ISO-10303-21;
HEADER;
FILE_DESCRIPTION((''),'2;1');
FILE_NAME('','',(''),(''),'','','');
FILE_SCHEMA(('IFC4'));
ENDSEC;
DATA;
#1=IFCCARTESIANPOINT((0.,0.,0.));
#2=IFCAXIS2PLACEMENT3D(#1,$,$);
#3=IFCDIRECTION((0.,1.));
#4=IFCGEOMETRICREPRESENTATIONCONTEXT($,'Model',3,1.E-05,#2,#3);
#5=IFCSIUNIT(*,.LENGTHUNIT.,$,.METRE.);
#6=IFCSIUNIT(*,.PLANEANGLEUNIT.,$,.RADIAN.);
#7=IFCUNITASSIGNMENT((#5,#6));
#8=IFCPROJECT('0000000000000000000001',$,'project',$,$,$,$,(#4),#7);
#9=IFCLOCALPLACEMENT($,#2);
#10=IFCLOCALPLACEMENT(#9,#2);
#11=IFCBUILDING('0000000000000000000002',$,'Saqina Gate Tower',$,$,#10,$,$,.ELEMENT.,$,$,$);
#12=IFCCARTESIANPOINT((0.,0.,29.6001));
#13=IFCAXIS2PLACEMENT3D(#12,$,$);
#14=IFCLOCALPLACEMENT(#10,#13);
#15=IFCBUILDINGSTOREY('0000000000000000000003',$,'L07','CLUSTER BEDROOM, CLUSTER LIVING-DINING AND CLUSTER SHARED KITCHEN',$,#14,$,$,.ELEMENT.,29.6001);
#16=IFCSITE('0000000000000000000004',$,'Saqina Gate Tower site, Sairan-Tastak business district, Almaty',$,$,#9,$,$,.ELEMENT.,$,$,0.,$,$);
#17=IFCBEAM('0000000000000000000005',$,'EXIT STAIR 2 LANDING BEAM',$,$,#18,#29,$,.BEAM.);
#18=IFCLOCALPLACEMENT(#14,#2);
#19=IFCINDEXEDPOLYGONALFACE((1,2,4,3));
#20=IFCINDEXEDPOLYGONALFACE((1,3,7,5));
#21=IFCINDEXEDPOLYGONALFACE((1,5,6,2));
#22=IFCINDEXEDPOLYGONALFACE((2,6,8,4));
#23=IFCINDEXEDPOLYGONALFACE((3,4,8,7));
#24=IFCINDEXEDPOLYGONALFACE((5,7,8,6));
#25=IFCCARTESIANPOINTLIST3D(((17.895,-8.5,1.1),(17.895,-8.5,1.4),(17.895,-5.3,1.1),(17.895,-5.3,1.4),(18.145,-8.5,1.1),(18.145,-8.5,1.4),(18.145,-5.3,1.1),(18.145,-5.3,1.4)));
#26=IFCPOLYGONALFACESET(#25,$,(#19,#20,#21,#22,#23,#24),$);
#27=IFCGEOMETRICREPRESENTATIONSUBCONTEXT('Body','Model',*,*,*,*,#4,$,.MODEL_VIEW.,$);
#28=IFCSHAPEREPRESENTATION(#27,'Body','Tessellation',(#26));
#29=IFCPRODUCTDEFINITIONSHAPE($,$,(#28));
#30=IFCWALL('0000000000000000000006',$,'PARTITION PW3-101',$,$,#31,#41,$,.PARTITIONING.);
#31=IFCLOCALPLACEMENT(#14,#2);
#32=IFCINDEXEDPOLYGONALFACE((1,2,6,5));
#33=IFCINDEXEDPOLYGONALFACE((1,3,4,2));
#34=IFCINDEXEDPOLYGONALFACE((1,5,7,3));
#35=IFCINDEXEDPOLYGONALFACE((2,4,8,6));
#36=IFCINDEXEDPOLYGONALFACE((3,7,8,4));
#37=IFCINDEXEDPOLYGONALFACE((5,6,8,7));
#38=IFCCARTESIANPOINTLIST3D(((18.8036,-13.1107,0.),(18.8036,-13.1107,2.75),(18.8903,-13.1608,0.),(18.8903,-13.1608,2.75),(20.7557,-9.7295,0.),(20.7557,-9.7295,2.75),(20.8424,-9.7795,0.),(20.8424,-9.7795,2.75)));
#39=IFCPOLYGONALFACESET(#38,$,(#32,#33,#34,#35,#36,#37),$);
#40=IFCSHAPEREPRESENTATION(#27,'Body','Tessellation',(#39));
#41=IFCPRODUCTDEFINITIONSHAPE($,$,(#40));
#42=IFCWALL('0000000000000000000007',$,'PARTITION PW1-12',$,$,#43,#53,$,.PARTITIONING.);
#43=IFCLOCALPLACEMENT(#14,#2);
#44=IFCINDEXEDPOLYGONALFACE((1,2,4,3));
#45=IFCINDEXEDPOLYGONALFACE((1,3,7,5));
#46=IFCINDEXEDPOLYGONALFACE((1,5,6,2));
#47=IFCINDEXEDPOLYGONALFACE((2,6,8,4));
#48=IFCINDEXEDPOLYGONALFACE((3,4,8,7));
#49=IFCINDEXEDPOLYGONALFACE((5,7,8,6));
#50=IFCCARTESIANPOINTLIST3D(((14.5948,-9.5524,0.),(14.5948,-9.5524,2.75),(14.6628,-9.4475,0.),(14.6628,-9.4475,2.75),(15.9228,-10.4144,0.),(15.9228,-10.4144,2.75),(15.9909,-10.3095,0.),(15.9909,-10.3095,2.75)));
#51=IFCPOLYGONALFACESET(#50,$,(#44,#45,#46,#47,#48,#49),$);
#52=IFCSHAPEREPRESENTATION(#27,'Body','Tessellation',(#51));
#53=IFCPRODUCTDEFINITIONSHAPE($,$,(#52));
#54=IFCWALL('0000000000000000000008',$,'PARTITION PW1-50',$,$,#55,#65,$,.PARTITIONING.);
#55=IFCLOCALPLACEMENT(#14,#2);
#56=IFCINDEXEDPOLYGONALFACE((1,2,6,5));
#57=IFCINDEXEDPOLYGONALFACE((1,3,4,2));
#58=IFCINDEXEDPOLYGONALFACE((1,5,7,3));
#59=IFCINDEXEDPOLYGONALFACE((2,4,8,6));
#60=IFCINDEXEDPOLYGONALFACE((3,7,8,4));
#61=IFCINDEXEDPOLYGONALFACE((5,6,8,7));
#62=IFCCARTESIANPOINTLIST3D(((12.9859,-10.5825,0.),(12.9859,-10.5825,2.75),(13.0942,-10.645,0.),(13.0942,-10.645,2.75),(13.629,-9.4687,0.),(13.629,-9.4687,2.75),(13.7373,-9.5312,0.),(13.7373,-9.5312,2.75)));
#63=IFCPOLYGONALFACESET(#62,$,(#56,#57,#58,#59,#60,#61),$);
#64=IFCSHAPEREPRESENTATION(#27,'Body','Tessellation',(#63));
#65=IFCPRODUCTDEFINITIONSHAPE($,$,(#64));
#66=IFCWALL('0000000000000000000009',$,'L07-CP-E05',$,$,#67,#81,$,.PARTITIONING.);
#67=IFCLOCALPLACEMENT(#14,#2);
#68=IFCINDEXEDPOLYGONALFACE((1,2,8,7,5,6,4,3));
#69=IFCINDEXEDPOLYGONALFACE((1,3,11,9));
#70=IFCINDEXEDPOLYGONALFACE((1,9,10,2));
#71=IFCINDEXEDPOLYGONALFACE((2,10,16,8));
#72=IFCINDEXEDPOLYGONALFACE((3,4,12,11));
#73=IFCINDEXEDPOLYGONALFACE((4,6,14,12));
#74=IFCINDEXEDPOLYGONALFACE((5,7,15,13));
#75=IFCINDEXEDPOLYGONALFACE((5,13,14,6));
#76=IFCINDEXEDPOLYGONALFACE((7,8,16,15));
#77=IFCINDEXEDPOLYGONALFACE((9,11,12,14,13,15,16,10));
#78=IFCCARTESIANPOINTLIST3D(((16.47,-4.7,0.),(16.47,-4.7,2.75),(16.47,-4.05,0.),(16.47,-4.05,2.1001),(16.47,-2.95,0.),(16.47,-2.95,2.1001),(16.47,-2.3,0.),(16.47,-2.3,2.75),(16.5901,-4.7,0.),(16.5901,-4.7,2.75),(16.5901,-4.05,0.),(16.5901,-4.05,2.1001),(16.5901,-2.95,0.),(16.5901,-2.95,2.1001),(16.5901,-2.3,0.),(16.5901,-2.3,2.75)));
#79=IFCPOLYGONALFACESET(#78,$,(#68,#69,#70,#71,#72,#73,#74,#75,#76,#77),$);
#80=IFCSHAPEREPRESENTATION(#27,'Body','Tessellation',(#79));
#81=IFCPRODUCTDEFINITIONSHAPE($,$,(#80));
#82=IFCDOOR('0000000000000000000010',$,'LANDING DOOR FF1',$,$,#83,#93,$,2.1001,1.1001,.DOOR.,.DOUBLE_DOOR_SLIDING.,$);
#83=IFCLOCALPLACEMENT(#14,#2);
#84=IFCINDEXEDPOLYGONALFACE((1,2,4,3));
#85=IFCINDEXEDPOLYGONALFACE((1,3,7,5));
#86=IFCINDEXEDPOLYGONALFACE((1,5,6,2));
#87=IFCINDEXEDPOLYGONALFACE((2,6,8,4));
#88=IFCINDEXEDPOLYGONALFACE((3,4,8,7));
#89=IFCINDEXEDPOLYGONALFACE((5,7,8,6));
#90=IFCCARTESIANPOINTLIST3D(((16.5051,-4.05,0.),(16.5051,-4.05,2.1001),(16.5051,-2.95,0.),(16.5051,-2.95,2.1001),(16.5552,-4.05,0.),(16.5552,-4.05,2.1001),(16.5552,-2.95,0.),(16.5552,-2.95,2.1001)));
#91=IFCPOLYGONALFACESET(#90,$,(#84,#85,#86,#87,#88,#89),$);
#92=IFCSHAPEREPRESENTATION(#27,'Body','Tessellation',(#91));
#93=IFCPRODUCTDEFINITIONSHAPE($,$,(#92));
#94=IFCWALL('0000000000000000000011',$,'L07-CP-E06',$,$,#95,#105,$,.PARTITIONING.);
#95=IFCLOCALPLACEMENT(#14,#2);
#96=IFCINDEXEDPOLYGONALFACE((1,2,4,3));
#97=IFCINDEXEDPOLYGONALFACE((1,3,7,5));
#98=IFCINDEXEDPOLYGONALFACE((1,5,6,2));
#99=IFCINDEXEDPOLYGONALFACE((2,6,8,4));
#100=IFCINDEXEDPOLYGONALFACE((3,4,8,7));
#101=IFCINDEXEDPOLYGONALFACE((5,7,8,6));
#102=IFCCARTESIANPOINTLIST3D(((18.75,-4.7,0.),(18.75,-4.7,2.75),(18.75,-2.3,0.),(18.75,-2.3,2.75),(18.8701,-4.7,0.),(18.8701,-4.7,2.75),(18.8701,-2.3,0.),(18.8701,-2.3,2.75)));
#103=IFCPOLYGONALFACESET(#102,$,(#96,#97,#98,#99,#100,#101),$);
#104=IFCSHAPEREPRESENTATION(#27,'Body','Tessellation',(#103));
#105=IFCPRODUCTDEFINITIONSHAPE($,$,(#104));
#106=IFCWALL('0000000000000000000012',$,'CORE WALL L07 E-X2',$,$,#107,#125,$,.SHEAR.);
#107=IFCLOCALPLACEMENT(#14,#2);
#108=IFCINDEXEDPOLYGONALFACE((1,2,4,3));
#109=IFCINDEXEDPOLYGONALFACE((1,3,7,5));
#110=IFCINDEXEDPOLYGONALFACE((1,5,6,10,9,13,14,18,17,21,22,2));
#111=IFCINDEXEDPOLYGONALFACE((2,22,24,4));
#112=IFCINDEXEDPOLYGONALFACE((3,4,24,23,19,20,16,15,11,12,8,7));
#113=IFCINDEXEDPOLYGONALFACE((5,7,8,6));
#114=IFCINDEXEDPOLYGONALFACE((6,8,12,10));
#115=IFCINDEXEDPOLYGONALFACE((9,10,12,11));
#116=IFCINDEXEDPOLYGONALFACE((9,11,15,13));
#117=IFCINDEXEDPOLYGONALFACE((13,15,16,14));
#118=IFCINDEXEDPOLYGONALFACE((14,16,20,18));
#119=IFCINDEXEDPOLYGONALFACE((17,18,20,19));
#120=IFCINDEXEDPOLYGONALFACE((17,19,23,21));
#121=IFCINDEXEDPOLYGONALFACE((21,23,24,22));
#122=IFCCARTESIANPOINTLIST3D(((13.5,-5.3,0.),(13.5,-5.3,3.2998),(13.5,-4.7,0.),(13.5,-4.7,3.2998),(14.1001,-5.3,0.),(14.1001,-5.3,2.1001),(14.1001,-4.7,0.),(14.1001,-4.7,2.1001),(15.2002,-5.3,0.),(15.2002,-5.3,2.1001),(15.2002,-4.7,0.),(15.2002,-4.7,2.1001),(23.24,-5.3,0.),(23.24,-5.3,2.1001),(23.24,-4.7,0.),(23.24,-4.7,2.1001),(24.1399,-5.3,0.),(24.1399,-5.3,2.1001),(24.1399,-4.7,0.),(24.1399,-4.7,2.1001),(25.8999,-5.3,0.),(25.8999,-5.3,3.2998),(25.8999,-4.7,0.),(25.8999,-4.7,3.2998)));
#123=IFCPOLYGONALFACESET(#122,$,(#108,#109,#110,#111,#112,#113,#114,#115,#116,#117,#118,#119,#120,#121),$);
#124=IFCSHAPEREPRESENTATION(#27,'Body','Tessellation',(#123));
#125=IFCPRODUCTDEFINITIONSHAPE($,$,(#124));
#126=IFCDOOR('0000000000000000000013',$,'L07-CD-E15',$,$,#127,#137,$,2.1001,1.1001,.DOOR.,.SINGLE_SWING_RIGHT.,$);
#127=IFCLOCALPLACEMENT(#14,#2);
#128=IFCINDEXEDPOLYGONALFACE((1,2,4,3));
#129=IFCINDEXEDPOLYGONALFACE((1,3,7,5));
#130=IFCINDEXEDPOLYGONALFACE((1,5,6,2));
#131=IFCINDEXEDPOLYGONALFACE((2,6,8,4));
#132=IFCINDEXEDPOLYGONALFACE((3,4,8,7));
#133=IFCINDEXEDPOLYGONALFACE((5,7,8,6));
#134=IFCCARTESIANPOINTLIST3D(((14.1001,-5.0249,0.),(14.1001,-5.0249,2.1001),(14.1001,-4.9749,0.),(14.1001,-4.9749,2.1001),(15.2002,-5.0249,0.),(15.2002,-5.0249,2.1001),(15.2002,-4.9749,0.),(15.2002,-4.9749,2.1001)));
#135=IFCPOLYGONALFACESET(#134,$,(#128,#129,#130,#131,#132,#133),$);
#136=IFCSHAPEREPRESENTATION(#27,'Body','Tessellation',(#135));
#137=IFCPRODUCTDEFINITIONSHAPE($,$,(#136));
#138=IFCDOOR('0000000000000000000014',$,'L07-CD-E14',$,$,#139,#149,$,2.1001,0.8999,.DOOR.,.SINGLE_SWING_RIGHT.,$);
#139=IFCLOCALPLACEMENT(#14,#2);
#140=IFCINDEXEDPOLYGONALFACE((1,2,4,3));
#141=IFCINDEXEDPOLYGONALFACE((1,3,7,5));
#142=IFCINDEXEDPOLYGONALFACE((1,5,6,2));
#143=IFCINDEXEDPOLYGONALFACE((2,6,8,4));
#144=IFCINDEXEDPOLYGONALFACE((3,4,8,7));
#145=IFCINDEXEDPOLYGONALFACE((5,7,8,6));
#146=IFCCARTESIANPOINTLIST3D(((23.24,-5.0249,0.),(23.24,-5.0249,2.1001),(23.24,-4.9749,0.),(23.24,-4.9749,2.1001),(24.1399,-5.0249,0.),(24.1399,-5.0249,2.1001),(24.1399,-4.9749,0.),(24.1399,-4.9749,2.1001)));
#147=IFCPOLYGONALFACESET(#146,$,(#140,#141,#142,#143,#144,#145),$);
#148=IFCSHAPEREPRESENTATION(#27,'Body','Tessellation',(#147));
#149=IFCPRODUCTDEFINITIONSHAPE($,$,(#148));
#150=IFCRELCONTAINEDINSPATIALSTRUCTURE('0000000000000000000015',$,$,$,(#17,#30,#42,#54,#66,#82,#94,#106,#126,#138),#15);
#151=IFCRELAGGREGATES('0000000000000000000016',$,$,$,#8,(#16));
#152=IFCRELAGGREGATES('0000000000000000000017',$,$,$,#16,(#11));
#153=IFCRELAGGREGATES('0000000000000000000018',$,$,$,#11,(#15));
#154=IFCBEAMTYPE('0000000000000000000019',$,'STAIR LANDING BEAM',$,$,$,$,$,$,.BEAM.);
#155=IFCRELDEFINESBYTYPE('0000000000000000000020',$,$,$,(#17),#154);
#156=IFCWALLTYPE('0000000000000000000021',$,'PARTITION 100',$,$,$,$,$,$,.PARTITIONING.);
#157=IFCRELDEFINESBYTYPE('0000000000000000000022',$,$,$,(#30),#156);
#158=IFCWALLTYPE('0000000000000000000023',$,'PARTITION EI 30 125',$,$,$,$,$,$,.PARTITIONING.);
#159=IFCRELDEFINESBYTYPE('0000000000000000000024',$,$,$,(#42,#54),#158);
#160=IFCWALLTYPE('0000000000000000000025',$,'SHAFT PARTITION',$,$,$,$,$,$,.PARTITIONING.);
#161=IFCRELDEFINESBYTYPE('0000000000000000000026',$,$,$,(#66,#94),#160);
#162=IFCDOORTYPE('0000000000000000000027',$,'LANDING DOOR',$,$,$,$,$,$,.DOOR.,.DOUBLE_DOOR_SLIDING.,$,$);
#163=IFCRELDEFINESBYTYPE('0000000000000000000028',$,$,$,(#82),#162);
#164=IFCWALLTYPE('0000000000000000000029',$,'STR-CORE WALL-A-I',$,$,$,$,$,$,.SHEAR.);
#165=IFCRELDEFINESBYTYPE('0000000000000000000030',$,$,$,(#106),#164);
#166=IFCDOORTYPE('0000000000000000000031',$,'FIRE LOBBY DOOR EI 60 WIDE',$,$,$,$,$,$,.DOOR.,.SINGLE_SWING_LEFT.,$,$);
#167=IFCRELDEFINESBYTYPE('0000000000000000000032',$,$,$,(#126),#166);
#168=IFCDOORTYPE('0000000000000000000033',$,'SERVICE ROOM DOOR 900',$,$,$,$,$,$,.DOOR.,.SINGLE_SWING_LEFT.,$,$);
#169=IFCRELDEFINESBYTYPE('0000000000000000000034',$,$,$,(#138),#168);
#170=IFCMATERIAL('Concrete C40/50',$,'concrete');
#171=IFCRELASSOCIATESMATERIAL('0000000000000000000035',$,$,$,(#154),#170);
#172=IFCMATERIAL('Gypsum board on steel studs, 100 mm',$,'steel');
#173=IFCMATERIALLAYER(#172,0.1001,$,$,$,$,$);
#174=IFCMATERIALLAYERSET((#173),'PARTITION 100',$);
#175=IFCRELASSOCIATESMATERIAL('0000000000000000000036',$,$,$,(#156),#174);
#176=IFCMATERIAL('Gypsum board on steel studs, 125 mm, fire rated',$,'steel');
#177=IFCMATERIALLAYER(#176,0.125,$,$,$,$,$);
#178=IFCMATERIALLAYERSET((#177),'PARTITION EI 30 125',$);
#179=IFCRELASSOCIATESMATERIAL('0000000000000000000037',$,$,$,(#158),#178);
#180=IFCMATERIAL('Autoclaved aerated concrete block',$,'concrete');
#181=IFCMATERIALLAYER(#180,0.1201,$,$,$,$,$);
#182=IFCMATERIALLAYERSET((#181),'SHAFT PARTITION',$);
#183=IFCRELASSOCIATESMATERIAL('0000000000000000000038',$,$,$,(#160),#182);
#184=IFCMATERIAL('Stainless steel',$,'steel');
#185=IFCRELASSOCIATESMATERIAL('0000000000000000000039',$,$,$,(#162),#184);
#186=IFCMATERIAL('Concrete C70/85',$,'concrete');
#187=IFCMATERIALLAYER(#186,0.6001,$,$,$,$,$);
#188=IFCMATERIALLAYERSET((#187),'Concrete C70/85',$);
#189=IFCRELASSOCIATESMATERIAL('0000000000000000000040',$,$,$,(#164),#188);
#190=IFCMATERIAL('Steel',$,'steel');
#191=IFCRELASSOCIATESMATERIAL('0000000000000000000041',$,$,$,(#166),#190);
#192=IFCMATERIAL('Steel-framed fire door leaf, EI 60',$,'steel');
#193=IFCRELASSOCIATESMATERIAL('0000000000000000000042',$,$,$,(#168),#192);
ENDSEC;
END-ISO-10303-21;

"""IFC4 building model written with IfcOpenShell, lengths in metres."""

from ifc_helpers import new_model, si_unit, direction, frame, frame_2d, origin, origin_2d, place, context, subcontext, project, spatial, rectangle, extrude, material, layer, layer_set, material_profile, profile_set, type_object, element, fill, save


model = new_model("IFC4")

# Units and contexts
model_context = context("Model", 3, precision=1e-05, world=origin(), true_north=direction((0.0, 1.0)))
body_context = subcontext(model_context, "Body", "Model", "MODEL_VIEW")
ifc_project = project(units=[si_unit("LENGTHUNIT", "METRE"), si_unit("PLANEANGLEUNIT", "RADIAN")], contexts=[model_context])

# Site, building, storey
site_placement = place(None, origin())
site = spatial("IfcSite", under=ifc_project, at=site_placement, Name="Saqina Gate Tower site, Sairan-Tastak business district, Almaty", CompositionType="ELEMENT", RefElevation=0.0)
building_placement = place(site_placement, origin())
building = spatial("IfcBuilding", under=site, at=building_placement, Name="Saqina Gate Tower", CompositionType="ELEMENT")
storey_placement = place(building_placement, frame((0.0, 0.0, 29.6001)))
storey = spatial("IfcBuildingStorey", under=building, at=storey_placement, Name="L07", Description="CLUSTER BEDROOM, CLUSTER LIVING-DINING AND CLUSTER SHARED KITCHEN", CompositionType="ELEMENT", Elevation=29.6001)

# Beam
ifc_material_1 = material(Name="Concrete C40/50", Category="concrete")
ifc_material_profile = material_profile(ifc_material_1, rectangle(XDim=0.25, YDim=0.3, at=origin_2d()), Name="STAIR LANDING BEAM")
ifc_profile_set = profile_set([ifc_material_profile], Name="Concrete C40/50")
beam_type = type_object("IfcBeamType", Name="STAIR LANDING BEAM", PredefinedType="BEAM", material=ifc_profile_set)
beam_placement = place(storey_placement, frame((18.02, -8.5, 1.25), z_axis=(0.0, 1.0, 0.0), x_axis=(-1.0, 0.0, 0.0)))
element("IfcBeam", 1, at=beam_placement, inside=storey, type_object=beam_type, Name="EXIT STAIR 2 LANDING BEAM", PredefinedType="BEAM", context=body_context, shape_type="SweptSolid", body=[
    extrude(rectangle(XDim=0.25, YDim=0.3, at=origin_2d()), origin(), (0.0, 0.0, 1.0), 3.2),
])

# Walls
ifc_material_2 = material(Name="Gypsum board on steel studs, 100 mm", Category="steel")
ifc_layer_1 = layer(ifc_material_2, 0.1001)
ifc_layer_set_1 = layer_set([ifc_layer_1], Name="PARTITION 100")
wall_type_1 = type_object("IfcWallType", Name="PARTITION 100", PredefinedType="PARTITIONING", material=ifc_layer_set_1)
wall_1_placement = place(storey_placement, frame((18.8469, -13.1357, 0.0), z_axis=(0.0, 0.0, 1.0), x_axis=(0.499986, 0.866034, 0.0)))
element("IfcWall", 2, at=wall_1_placement, inside=storey, type_object=wall_type_1, Name="PARTITION PW3-101", PredefinedType="PARTITIONING", context=body_context, shape_type="SweptSolid", body=[
    extrude(rectangle(XDim=3.9043, YDim=0.1001, at=frame_2d((1.9521, 0.0))), origin(), (0.0, 0.0, 1.0), 2.75),
])
ifc_material_3 = material(Name="Gypsum board on steel studs, 125 mm, fire rated", Category="steel")
ifc_layer_2 = layer(ifc_material_3, 0.125)
ifc_layer_set_2 = layer_set([ifc_layer_2], Name="PARTITION EI 30 125")
wall_type_2 = type_object("IfcWallType", Name="PARTITION EI 30 125", PredefinedType="PARTITIONING", material=ifc_layer_set_2)
wall_2_placement = place(storey_placement, frame((14.6289, -9.5, 0.0), z_axis=(0.0, 0.0, 1.0), x_axis=(0.838796, -0.544446, 0.0)))
element("IfcWall", 3, at=wall_2_placement, inside=storey, type_object=wall_type_2, Name="PARTITION PW1-12", PredefinedType="PARTITIONING", context=body_context, shape_type="SweptSolid", body=[
    extrude(rectangle(XDim=1.5833, YDim=0.125, at=frame_2d((0.7915, 0.0))), origin(), (0.0, 0.0, 1.0), 2.75),
])
wall_3_placement = place(storey_placement, frame((13.04, -10.6138, 0.0), z_axis=(0.0, 0.0, 1.0), x_axis=(0.500018, 0.866015, 0.0)))
element("IfcWall", 4, at=wall_3_placement, inside=storey, type_object=wall_type_2, Name="PARTITION PW1-50", PredefinedType="PARTITIONING", context=body_context, shape_type="SweptSolid", body=[
    extrude(rectangle(XDim=1.2861, YDim=0.125, at=frame_2d((0.6431, 0.0))), origin(), (0.0, 0.0, 1.0), 2.75),
])

# Wall, opening, door
ifc_material_4 = material(Name="Autoclaved aerated concrete block", Category="concrete")
ifc_layer_3 = layer(ifc_material_4, 0.1201)
ifc_layer_set_3 = layer_set([ifc_layer_3], Name="SHAFT PARTITION")
wall_type_3 = type_object("IfcWallType", Name="SHAFT PARTITION", PredefinedType="PARTITIONING", material=ifc_layer_set_3)
wall_4_placement = place(storey_placement, frame((16.53, -4.7, 0.0), z_axis=(0.0, 0.0, 1.0), x_axis=(0.0, 1.0, 0.0)))
wall_4 = element("IfcWall", 5, at=wall_4_placement, inside=storey, type_object=wall_type_3, Name="L07-CP-E05", PredefinedType="PARTITIONING", context=body_context, shape_type="SweptSolid", body=[
    extrude(rectangle(XDim=2.3999, YDim=0.1201, at=frame_2d((1.2, 0.0))), origin(), (0.0, 0.0, 1.0), 2.75),
])
opening_1_placement = place(wall_4_placement, frame((0.6499, 0.0, 0.0)))
opening_1 = element("IfcOpeningElement", 6, at=opening_1_placement, cuts=wall_4, PredefinedType="OPENING", context=body_context, shape_type="SweptSolid", body=[
    extrude(rectangle(XDim=1.1001, YDim=2.1001, at=frame_2d((0.55, 1.05))), frame((0.0, 0.072, 0.0), z_axis=(0.0, -1.0, 0.0), x_axis=(1.0, 0.0, 0.0)), (0.0, 0.0, 1.0), 0.144),
])
ifc_material_5 = material(Name="Stainless steel", Category="steel")
door_type_1 = type_object("IfcDoorType", Name="LANDING DOOR", OperationType="DOUBLE_DOOR_SLIDING", PredefinedType="DOOR", material=ifc_material_5)
door_1_placement = place(opening_1_placement, origin())
door_1 = element("IfcDoor", 7, at=door_1_placement, inside=storey, type_object=door_type_1, Name="LANDING DOOR FF1", OperationType="DOUBLE_DOOR_SLIDING", OverallHeight=2.1001, OverallWidth=1.1001, PredefinedType="DOOR", context=body_context, shape_type="SweptSolid", body=[
    extrude(rectangle(XDim=1.1001, YDim=2.1001, at=frame_2d((0.55, 1.05))), frame((0.0, 0.0249, 0.0), z_axis=(0.0, -1.0, 0.0), x_axis=(1.0, 0.0, 0.0)), (0.0, 0.0, 1.0), 0.05),
])
fill(opening_1, door_1)

# Wall
wall_5_placement = place(storey_placement, frame((18.8101, -4.7, 0.0), z_axis=(0.0, 0.0, 1.0), x_axis=(0.0, 1.0, 0.0)))
element("IfcWall", 8, at=wall_5_placement, inside=storey, type_object=wall_type_3, Name="L07-CP-E06", PredefinedType="PARTITIONING", context=body_context, shape_type="SweptSolid", body=[
    extrude(rectangle(XDim=2.3999, YDim=0.1201, at=frame_2d((1.2, 0.0))), origin(), (0.0, 0.0, 1.0), 2.75),
])

# Wall, openings, doors
ifc_material_6 = material(Name="Concrete C70/85", Category="concrete")
ifc_layer_4 = layer(ifc_material_6, 0.6001)
ifc_layer_set_4 = layer_set([ifc_layer_4], Name="Concrete C70/85")
wall_type_4 = type_object("IfcWallType", Name="STR-CORE WALL-A-I", PredefinedType="SHEAR", material=ifc_layer_set_4)
wall_6_placement = place(storey_placement, frame((13.5, -5.0, 0.0), z_axis=(0.0, 0.0, 1.0), x_axis=(1.0, 0.0, 0.0)))
wall_6 = element("IfcWall", 9, at=wall_6_placement, inside=storey, type_object=wall_type_4, Name="CORE WALL L07 E-X2", PredefinedType="SHEAR", context=body_context, shape_type="SweptSolid", body=[
    extrude(rectangle(XDim=12.3999, YDim=0.6001, at=frame_2d((6.2, 0.0))), origin(), (0.0, 0.0, 1.0), 3.2998),
])
opening_2_placement = place(wall_6_placement, frame((9.74, 0.0, 0.0)))
opening_2 = element("IfcOpeningElement", 10, at=opening_2_placement, cuts=wall_6, PredefinedType="OPENING", context=body_context, shape_type="SweptSolid", body=[
    extrude(rectangle(XDim=0.8999, YDim=2.1001, at=frame_2d((0.45, 1.05))), frame((0.0, 0.312, 0.0), z_axis=(0.0, -1.0, 0.0), x_axis=(1.0, 0.0, 0.0)), (0.0, 0.0, 1.0), 0.624),
])
opening_3_placement = place(wall_6_placement, frame((0.6001, 0.0, 0.0)))
opening_3 = element("IfcOpeningElement", 11, at=opening_3_placement, cuts=wall_6, PredefinedType="OPENING", context=body_context, shape_type="SweptSolid", body=[
    extrude(rectangle(XDim=1.1001, YDim=2.1001, at=frame_2d((0.55, 1.05))), frame((0.0, 0.312, 0.0), z_axis=(0.0, -1.0, 0.0), x_axis=(1.0, 0.0, 0.0)), (0.0, 0.0, 1.0), 0.624),
])
ifc_material_7 = material(Name="Steel", Category="steel")
door_type_2 = type_object("IfcDoorType", Name="FIRE LOBBY DOOR EI 60 WIDE", OperationType="SINGLE_SWING_LEFT", PredefinedType="DOOR", material=ifc_material_7)
door_2_placement = place(opening_3_placement, frame((1.1001, 0.0, 0.0), z_axis=(0.0, 0.0, 1.0), x_axis=(-1.0, 0.0, 0.0)))
door_2 = element("IfcDoor", 12, at=door_2_placement, inside=storey, type_object=door_type_2, Name="L07-CD-E15", OperationType="SINGLE_SWING_RIGHT", OverallHeight=2.1001, OverallWidth=1.1001, PredefinedType="DOOR", context=body_context, shape_type="SweptSolid", body=[
    extrude(rectangle(XDim=1.1001, YDim=2.1001, at=frame_2d((0.55, 1.05))), frame((0.0, 0.0249, 0.0), z_axis=(0.0, -1.0, 0.0), x_axis=(1.0, 0.0, 0.0)), (0.0, 0.0, 1.0), 0.05),
])
fill(opening_3, door_2)
ifc_material_8 = material(Name="Steel-framed fire door leaf, EI 60", Category="steel")
door_type_3 = type_object("IfcDoorType", Name="SERVICE ROOM DOOR 900", OperationType="SINGLE_SWING_LEFT", PredefinedType="DOOR", material=ifc_material_8)
door_3_placement = place(opening_2_placement, frame((0.8999, 0.0, 0.0), z_axis=(0.0, 0.0, 1.0), x_axis=(-1.0, 0.0, 0.0)))
door_3 = element("IfcDoor", 13, at=door_3_placement, inside=storey, type_object=door_type_3, Name="L07-CD-E14", OperationType="SINGLE_SWING_RIGHT", OverallHeight=2.1001, OverallWidth=0.8999, PredefinedType="DOOR", context=body_context, shape_type="SweptSolid", body=[
    extrude(rectangle(XDim=0.8999, YDim=2.1001, at=frame_2d((0.45, 1.05))), frame((0.0, 0.0249, 0.0), z_axis=(0.0, -1.0, 0.0), x_axis=(1.0, 0.0, 0.0)), (0.0, 0.0, 1.0), 0.05),
])
fill(opening_2, door_3)

save(model, "model.ifc")
